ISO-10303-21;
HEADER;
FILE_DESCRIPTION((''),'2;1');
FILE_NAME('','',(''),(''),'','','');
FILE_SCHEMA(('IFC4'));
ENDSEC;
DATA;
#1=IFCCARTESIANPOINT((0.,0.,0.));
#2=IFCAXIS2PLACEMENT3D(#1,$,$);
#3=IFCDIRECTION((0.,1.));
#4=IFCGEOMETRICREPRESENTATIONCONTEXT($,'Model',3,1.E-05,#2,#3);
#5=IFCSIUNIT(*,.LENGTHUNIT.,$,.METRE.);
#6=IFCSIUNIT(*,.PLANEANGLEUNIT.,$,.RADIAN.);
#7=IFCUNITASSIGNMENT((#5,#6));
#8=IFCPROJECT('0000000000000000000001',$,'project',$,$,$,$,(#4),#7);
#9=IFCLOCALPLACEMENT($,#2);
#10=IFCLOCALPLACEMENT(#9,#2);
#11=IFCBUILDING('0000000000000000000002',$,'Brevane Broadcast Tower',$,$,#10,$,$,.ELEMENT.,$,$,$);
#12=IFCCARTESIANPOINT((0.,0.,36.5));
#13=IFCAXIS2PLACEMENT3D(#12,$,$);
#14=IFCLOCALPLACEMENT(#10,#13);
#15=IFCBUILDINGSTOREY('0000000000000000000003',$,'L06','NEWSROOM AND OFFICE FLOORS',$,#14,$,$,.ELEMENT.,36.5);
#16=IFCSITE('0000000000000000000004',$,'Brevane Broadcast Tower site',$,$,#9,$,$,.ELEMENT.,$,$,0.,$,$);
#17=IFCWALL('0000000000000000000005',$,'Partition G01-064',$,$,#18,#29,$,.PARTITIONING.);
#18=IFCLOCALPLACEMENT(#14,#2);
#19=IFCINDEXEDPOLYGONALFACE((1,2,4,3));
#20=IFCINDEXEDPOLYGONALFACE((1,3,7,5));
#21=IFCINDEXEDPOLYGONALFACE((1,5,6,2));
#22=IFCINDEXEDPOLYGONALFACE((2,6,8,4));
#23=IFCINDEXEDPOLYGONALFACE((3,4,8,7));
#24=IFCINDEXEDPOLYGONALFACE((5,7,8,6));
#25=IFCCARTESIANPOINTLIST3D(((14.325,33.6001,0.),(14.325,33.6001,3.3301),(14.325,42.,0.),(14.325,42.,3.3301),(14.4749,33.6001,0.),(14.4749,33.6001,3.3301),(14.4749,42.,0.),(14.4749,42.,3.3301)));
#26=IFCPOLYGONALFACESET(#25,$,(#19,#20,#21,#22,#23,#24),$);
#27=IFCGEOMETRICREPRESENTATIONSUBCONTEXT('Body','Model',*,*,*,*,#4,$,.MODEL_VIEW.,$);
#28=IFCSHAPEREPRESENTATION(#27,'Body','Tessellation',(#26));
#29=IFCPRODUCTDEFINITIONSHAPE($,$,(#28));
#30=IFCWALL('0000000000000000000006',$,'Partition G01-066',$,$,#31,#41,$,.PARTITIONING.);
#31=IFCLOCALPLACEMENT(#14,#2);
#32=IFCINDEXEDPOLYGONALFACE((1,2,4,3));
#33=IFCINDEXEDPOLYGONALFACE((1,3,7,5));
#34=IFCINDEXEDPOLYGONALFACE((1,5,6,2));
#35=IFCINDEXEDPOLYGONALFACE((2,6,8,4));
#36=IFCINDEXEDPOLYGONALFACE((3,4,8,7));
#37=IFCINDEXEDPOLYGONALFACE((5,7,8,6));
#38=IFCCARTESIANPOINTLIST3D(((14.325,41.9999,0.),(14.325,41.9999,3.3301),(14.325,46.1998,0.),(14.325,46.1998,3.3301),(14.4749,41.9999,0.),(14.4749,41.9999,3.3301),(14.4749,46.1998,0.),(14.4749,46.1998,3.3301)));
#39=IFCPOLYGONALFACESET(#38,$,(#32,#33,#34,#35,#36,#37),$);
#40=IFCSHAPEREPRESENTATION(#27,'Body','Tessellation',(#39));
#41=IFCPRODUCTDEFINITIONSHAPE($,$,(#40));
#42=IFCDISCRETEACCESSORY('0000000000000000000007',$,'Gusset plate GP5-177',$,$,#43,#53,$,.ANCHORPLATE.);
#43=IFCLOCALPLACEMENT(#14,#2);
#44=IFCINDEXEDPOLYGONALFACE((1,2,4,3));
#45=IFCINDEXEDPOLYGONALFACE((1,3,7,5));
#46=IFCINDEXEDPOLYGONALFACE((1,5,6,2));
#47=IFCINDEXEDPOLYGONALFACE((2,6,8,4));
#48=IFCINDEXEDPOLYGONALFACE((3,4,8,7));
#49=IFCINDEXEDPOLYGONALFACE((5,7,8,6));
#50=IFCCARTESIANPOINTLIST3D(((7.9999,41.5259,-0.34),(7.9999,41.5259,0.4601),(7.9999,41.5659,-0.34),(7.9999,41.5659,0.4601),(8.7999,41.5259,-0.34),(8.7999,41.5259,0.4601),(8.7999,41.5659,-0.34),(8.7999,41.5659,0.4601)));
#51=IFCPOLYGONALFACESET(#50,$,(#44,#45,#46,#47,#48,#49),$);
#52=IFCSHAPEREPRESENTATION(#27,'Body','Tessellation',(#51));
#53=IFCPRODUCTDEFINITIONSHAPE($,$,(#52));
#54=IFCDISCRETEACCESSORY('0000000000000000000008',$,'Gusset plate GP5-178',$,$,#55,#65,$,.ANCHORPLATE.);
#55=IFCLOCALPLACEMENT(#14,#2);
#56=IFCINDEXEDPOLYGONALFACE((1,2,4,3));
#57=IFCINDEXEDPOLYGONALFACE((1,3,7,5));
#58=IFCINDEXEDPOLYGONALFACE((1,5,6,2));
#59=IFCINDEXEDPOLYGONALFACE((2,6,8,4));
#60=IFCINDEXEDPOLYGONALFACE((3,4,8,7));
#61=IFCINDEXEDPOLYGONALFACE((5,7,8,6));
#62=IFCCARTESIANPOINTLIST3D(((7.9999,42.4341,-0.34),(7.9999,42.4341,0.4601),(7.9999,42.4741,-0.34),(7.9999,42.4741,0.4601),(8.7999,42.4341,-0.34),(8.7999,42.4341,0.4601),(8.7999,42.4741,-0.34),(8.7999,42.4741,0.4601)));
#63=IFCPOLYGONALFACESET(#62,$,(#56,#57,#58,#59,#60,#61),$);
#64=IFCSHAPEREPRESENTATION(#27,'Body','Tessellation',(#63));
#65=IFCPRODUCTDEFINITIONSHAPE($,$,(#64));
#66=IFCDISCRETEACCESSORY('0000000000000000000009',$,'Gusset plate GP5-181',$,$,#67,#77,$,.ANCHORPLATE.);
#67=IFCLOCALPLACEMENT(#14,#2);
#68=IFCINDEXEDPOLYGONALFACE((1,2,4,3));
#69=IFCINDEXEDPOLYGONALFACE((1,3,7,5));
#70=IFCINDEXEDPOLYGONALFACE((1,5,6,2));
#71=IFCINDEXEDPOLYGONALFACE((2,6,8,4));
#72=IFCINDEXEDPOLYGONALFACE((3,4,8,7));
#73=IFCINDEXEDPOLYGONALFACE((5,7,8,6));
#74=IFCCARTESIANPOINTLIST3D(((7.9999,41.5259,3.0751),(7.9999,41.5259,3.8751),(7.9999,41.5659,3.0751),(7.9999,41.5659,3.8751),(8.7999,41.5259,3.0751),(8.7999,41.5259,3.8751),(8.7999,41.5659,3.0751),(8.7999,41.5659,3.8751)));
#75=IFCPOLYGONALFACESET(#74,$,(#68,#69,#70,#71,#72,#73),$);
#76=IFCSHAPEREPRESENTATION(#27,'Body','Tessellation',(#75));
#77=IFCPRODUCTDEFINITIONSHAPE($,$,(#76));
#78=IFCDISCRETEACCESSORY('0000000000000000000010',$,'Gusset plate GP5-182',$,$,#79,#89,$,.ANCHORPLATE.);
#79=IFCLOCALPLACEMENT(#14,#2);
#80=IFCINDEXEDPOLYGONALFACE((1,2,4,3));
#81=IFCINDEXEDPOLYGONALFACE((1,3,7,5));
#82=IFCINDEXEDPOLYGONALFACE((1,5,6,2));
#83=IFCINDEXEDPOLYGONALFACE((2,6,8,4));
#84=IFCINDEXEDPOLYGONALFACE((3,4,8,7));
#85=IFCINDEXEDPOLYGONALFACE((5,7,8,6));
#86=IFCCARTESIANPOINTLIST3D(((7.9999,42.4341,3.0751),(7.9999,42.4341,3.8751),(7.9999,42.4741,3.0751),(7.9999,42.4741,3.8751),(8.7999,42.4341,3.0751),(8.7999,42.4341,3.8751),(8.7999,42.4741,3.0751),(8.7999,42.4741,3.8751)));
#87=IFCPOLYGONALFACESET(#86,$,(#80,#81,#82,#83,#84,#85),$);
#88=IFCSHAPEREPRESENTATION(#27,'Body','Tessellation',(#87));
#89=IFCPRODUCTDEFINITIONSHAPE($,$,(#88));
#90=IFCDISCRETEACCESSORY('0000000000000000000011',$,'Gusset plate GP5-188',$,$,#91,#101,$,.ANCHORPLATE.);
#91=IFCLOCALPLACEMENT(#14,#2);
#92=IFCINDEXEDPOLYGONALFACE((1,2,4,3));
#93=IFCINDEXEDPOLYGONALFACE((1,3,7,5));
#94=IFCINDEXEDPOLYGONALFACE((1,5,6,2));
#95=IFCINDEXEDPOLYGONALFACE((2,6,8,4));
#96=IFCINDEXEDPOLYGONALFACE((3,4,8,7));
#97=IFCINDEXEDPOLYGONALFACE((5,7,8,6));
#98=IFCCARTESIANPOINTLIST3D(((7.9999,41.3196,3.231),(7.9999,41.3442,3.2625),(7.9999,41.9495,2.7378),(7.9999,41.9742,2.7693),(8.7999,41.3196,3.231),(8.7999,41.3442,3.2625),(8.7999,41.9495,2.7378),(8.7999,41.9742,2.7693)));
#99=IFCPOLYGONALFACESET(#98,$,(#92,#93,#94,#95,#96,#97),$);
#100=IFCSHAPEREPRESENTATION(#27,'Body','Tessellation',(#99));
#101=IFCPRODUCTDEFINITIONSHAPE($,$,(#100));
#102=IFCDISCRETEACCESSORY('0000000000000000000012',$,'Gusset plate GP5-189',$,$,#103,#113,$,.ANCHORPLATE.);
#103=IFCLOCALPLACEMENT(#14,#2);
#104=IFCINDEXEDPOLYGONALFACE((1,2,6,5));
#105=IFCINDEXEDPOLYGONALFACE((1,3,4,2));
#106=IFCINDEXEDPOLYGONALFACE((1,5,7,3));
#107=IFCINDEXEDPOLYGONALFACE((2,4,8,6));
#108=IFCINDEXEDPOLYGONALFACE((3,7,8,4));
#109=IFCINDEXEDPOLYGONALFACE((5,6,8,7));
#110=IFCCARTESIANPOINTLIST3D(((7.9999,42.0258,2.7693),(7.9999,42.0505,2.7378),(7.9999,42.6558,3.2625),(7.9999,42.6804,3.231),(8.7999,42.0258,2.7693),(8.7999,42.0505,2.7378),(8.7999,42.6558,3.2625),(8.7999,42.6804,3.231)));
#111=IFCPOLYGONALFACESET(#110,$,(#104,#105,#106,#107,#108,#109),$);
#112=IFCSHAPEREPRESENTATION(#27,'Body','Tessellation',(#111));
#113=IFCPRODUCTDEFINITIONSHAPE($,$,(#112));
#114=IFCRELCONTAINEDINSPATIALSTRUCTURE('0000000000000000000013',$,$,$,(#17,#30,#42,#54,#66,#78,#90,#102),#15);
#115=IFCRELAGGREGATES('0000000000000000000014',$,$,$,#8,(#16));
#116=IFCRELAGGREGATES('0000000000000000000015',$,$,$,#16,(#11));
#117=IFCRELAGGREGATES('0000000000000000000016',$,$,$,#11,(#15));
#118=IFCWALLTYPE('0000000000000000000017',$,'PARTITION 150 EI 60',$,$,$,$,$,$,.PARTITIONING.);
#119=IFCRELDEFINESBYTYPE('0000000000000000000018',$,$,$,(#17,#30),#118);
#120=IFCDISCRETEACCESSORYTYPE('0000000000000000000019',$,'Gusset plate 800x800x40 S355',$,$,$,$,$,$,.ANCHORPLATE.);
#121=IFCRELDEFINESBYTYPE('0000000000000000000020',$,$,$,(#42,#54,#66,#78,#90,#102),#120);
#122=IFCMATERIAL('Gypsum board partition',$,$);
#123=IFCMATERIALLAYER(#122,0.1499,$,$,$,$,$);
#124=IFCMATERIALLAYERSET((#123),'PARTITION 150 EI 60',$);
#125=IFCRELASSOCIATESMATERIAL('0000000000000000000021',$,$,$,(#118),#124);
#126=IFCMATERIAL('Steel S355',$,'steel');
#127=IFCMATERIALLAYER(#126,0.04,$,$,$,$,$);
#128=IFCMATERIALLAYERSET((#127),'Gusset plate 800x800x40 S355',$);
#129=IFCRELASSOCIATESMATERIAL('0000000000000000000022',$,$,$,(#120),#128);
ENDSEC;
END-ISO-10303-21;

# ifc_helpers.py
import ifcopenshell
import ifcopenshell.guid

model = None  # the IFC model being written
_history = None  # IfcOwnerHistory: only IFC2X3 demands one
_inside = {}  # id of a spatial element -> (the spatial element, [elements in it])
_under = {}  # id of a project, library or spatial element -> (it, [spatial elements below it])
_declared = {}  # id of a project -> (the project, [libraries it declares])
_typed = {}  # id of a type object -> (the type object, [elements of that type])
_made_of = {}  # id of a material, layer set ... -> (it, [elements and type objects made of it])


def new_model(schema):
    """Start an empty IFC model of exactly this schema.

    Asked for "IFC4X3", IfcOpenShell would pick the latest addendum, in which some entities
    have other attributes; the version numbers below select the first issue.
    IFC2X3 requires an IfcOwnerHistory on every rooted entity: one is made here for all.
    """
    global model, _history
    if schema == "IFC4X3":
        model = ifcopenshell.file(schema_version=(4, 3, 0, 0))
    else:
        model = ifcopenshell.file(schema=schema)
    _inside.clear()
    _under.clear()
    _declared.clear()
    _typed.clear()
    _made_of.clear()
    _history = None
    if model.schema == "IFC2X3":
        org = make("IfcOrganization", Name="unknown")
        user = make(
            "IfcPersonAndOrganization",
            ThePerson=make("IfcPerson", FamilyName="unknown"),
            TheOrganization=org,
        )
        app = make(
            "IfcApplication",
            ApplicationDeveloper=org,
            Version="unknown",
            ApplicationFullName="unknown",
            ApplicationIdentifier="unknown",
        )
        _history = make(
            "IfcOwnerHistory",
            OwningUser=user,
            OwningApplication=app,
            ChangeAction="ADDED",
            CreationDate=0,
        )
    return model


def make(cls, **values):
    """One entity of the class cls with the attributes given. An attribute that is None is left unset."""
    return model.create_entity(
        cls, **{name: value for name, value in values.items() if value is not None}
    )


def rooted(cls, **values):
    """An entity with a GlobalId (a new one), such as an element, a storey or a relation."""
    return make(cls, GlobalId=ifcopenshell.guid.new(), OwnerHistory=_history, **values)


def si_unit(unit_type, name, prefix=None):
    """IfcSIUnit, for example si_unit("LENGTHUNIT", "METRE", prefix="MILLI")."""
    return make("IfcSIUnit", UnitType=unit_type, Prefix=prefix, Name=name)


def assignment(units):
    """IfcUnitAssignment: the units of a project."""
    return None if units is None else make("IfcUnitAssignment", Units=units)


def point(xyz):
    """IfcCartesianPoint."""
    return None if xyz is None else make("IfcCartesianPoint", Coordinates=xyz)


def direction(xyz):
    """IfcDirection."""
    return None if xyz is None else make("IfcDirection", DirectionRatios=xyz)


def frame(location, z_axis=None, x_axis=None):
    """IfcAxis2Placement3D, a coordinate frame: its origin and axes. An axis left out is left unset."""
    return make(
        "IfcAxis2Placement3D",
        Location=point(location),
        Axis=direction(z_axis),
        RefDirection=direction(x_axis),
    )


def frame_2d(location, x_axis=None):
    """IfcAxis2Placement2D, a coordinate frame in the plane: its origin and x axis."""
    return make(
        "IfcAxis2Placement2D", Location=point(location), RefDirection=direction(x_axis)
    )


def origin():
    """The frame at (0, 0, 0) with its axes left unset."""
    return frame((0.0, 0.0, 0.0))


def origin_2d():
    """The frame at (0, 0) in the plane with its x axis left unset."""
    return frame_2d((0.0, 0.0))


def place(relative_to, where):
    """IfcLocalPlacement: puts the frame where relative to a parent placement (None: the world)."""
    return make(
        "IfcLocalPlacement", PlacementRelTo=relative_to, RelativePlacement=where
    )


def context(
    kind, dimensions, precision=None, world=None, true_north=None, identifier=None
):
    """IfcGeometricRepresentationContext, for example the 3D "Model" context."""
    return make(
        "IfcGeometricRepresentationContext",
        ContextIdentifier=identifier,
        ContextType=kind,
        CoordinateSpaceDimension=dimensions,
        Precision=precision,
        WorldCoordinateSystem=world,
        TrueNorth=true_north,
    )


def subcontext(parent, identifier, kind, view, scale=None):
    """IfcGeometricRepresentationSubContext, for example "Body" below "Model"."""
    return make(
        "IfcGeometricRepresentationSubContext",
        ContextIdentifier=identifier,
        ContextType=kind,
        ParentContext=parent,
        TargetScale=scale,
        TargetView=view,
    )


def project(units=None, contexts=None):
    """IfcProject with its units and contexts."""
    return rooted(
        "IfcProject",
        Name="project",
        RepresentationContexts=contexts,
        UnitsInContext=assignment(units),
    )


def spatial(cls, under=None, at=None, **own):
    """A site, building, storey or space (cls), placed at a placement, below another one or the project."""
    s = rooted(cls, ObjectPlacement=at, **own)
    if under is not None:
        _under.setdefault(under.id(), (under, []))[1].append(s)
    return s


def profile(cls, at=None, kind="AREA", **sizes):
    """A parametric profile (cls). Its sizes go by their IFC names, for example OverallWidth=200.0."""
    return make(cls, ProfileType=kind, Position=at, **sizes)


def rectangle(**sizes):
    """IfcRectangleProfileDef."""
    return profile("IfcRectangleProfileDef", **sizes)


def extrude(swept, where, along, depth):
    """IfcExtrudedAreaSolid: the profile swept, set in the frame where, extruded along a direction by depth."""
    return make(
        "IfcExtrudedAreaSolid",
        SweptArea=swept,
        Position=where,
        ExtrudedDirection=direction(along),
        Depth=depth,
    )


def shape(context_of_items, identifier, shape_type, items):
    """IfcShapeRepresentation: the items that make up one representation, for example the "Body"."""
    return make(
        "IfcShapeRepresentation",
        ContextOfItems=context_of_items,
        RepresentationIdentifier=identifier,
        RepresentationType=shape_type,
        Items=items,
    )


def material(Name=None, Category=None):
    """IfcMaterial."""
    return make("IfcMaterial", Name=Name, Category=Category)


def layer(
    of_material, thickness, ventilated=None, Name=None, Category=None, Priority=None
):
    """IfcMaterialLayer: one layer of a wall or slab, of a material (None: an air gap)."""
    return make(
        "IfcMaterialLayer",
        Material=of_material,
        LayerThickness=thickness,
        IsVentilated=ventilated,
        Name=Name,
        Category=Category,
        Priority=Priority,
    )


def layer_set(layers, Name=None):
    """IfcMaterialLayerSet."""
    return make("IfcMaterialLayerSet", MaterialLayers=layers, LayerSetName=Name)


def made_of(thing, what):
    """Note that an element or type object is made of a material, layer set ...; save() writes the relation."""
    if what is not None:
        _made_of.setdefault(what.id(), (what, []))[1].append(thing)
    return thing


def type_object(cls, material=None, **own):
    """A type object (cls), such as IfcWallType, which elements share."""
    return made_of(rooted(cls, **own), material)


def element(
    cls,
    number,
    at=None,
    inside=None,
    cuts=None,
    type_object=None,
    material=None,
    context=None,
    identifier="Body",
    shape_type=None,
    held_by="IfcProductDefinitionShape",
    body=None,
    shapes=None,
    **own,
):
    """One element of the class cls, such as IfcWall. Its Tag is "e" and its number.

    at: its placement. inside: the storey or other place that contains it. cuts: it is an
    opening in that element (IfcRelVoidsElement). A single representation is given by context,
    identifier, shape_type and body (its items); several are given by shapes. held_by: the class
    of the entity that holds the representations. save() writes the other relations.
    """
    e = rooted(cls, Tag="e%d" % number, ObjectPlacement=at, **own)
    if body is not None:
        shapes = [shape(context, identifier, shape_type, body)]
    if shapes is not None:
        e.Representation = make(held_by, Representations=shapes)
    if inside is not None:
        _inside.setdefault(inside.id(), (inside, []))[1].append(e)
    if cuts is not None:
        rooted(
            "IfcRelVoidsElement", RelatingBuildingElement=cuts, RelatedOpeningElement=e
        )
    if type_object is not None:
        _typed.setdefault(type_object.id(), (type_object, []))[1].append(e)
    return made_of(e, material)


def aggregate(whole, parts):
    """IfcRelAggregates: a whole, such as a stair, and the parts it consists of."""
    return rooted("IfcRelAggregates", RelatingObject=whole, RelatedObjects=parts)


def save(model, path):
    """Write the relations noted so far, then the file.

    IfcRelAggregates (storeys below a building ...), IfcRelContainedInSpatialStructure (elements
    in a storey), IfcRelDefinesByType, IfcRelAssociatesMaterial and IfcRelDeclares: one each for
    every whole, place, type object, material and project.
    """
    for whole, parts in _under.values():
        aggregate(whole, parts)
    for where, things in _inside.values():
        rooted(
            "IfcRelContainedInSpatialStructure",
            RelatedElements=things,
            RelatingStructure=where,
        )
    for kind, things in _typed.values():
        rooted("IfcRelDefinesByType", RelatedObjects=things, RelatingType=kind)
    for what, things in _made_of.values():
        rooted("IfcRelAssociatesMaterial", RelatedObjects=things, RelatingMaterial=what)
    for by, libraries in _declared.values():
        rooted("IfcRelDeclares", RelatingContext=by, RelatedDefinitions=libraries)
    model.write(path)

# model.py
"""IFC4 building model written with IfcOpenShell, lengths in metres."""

from ifc_helpers import new_model, si_unit, direction, frame, frame_2d, origin, origin_2d, place, context, subcontext, project, spatial, rectangle, extrude, material, layer, layer_set, type_object, element, save


model = new_model("IFC4")

# Units and contexts
model_context = context("Model", 3, precision=1e-05, world=origin(), true_north=direction((0.0, 1.0)))
body_context = subcontext(model_context, "Body", "Model", "MODEL_VIEW")
ifc_project = project(units=[si_unit("LENGTHUNIT", "METRE"), si_unit("PLANEANGLEUNIT", "RADIAN")], contexts=[model_context])

# Site, building, storey
site_placement = place(None, origin())
site = spatial("IfcSite", under=ifc_project, at=site_placement, Name="Brevane Broadcast Tower site", CompositionType="ELEMENT", RefElevation=0.0)
building_placement = place(site_placement, origin())
building = spatial("IfcBuilding", under=site, at=building_placement, Name="Brevane Broadcast Tower", CompositionType="ELEMENT")
storey_placement = place(building_placement, frame((0.0, 0.0, 36.5)))
storey = spatial("IfcBuildingStorey", under=building, at=storey_placement, Name="L06", Description="NEWSROOM AND OFFICE FLOORS", CompositionType="ELEMENT", Elevation=36.5)

# Shared definitions
ifc_material_1 = material(Name="Steel S355", Category="steel")

# Shared definitions
ifc_material_2 = material(Name="Gypsum board partition")

# Shared definitions
ifc_layer_1 = layer(ifc_material_2, 0.1499)
ifc_layer_set_1 = layer_set([ifc_layer_1], Name="PARTITION 150 EI 60")
wall_type_1 = type_object("IfcWallType", Name="PARTITION 150 EI 60", PredefinedType="PARTITIONING", material=ifc_layer_set_1)

# Walls
wall_1_placement = place(storey_placement, frame((14.3999, 42.0, 0.0), z_axis=(0.0, 0.0, 1.0), x_axis=(0.0, -1.0, 0.0)))
element("IfcWall", 1, at=wall_1_placement, inside=storey, type_object=wall_type_1, Name="Partition G01-064", PredefinedType="PARTITIONING", context=body_context, shape_type="SweptSolid", body=[
    extrude(rectangle(XDim=8.3999, YDim=0.1499, at=frame_2d((4.2, 0.0))), origin(), (0.0, 0.0, 1.0), 3.3301),
])
wall_2_placement = place(storey_placement, frame((14.3999, 46.2, 0.0), z_axis=(0.0, 0.0, 1.0), x_axis=(0.0, -1.0, 0.0)))
element("IfcWall", 2, at=wall_2_placement, inside=storey, type_object=wall_type_1, Name="Partition G01-066", PredefinedType="PARTITIONING", context=body_context, shape_type="SweptSolid", body=[
    extrude(rectangle(XDim=4.2, YDim=0.1499, at=frame_2d((2.1001, 0.0))), origin(), (0.0, 0.0, 1.0), 3.3301),
])

# Discrete accessories
ifc_layer_2 = layer(ifc_material_1, 0.04)
ifc_layer_set_2 = layer_set([ifc_layer_2], Name="Gusset plate 800x800x40 S355")
discrete_accessory_type = type_object("IfcDiscreteAccessoryType", Name="Gusset plate 800x800x40 S355", PredefinedType="ANCHORPLATE", material=ifc_layer_set_2)
for number, where, z_axis, x_axis, name in (
    (3, (8.3999, 41.5259, 0.0601), (0.0, 1.0, 0.0), (-1.0, 0.0, 0.0), "Gusset plate GP5-177"),
    (4, (8.3999, 42.4341, 0.0601), (0.0, 1.0, 0.0), (-1.0, 0.0, 0.0), "Gusset plate GP5-178"),
    (5, (8.3999, 41.5259, 3.4751), (0.0, 1.0, 0.0), (-1.0, 0.0, 0.0), "Gusset plate GP5-181"),
    (6, (8.3999, 42.4341, 3.4751), (0.0, 1.0, 0.0), (-1.0, 0.0, 0.0), "Gusset plate GP5-182"),
    (7, (8.3999, 41.6345, 2.9844), (0.0, 0.616473, 0.787376), (-1.0, 0.0, 0.0), "Gusset plate GP5-188"),
    (8, (8.3999, 42.3655, 2.9844), (0.0, -0.616473, 0.787376), (1.0, 0.0, 0.0), "Gusset plate GP5-189"),
):
    element("IfcDiscreteAccessory", number, at=place(storey_placement, frame(where, z_axis=z_axis, x_axis=x_axis)), inside=storey, type_object=discrete_accessory_type, Name=name, PredefinedType="ANCHORPLATE", context=body_context, shape_type="SweptSolid", body=[
        extrude(rectangle(XDim=0.8, YDim=0.8, at=origin_2d()), origin(), (0.0, 0.0, 1.0), 0.04),
    ])

save(model, "model.ifc")
